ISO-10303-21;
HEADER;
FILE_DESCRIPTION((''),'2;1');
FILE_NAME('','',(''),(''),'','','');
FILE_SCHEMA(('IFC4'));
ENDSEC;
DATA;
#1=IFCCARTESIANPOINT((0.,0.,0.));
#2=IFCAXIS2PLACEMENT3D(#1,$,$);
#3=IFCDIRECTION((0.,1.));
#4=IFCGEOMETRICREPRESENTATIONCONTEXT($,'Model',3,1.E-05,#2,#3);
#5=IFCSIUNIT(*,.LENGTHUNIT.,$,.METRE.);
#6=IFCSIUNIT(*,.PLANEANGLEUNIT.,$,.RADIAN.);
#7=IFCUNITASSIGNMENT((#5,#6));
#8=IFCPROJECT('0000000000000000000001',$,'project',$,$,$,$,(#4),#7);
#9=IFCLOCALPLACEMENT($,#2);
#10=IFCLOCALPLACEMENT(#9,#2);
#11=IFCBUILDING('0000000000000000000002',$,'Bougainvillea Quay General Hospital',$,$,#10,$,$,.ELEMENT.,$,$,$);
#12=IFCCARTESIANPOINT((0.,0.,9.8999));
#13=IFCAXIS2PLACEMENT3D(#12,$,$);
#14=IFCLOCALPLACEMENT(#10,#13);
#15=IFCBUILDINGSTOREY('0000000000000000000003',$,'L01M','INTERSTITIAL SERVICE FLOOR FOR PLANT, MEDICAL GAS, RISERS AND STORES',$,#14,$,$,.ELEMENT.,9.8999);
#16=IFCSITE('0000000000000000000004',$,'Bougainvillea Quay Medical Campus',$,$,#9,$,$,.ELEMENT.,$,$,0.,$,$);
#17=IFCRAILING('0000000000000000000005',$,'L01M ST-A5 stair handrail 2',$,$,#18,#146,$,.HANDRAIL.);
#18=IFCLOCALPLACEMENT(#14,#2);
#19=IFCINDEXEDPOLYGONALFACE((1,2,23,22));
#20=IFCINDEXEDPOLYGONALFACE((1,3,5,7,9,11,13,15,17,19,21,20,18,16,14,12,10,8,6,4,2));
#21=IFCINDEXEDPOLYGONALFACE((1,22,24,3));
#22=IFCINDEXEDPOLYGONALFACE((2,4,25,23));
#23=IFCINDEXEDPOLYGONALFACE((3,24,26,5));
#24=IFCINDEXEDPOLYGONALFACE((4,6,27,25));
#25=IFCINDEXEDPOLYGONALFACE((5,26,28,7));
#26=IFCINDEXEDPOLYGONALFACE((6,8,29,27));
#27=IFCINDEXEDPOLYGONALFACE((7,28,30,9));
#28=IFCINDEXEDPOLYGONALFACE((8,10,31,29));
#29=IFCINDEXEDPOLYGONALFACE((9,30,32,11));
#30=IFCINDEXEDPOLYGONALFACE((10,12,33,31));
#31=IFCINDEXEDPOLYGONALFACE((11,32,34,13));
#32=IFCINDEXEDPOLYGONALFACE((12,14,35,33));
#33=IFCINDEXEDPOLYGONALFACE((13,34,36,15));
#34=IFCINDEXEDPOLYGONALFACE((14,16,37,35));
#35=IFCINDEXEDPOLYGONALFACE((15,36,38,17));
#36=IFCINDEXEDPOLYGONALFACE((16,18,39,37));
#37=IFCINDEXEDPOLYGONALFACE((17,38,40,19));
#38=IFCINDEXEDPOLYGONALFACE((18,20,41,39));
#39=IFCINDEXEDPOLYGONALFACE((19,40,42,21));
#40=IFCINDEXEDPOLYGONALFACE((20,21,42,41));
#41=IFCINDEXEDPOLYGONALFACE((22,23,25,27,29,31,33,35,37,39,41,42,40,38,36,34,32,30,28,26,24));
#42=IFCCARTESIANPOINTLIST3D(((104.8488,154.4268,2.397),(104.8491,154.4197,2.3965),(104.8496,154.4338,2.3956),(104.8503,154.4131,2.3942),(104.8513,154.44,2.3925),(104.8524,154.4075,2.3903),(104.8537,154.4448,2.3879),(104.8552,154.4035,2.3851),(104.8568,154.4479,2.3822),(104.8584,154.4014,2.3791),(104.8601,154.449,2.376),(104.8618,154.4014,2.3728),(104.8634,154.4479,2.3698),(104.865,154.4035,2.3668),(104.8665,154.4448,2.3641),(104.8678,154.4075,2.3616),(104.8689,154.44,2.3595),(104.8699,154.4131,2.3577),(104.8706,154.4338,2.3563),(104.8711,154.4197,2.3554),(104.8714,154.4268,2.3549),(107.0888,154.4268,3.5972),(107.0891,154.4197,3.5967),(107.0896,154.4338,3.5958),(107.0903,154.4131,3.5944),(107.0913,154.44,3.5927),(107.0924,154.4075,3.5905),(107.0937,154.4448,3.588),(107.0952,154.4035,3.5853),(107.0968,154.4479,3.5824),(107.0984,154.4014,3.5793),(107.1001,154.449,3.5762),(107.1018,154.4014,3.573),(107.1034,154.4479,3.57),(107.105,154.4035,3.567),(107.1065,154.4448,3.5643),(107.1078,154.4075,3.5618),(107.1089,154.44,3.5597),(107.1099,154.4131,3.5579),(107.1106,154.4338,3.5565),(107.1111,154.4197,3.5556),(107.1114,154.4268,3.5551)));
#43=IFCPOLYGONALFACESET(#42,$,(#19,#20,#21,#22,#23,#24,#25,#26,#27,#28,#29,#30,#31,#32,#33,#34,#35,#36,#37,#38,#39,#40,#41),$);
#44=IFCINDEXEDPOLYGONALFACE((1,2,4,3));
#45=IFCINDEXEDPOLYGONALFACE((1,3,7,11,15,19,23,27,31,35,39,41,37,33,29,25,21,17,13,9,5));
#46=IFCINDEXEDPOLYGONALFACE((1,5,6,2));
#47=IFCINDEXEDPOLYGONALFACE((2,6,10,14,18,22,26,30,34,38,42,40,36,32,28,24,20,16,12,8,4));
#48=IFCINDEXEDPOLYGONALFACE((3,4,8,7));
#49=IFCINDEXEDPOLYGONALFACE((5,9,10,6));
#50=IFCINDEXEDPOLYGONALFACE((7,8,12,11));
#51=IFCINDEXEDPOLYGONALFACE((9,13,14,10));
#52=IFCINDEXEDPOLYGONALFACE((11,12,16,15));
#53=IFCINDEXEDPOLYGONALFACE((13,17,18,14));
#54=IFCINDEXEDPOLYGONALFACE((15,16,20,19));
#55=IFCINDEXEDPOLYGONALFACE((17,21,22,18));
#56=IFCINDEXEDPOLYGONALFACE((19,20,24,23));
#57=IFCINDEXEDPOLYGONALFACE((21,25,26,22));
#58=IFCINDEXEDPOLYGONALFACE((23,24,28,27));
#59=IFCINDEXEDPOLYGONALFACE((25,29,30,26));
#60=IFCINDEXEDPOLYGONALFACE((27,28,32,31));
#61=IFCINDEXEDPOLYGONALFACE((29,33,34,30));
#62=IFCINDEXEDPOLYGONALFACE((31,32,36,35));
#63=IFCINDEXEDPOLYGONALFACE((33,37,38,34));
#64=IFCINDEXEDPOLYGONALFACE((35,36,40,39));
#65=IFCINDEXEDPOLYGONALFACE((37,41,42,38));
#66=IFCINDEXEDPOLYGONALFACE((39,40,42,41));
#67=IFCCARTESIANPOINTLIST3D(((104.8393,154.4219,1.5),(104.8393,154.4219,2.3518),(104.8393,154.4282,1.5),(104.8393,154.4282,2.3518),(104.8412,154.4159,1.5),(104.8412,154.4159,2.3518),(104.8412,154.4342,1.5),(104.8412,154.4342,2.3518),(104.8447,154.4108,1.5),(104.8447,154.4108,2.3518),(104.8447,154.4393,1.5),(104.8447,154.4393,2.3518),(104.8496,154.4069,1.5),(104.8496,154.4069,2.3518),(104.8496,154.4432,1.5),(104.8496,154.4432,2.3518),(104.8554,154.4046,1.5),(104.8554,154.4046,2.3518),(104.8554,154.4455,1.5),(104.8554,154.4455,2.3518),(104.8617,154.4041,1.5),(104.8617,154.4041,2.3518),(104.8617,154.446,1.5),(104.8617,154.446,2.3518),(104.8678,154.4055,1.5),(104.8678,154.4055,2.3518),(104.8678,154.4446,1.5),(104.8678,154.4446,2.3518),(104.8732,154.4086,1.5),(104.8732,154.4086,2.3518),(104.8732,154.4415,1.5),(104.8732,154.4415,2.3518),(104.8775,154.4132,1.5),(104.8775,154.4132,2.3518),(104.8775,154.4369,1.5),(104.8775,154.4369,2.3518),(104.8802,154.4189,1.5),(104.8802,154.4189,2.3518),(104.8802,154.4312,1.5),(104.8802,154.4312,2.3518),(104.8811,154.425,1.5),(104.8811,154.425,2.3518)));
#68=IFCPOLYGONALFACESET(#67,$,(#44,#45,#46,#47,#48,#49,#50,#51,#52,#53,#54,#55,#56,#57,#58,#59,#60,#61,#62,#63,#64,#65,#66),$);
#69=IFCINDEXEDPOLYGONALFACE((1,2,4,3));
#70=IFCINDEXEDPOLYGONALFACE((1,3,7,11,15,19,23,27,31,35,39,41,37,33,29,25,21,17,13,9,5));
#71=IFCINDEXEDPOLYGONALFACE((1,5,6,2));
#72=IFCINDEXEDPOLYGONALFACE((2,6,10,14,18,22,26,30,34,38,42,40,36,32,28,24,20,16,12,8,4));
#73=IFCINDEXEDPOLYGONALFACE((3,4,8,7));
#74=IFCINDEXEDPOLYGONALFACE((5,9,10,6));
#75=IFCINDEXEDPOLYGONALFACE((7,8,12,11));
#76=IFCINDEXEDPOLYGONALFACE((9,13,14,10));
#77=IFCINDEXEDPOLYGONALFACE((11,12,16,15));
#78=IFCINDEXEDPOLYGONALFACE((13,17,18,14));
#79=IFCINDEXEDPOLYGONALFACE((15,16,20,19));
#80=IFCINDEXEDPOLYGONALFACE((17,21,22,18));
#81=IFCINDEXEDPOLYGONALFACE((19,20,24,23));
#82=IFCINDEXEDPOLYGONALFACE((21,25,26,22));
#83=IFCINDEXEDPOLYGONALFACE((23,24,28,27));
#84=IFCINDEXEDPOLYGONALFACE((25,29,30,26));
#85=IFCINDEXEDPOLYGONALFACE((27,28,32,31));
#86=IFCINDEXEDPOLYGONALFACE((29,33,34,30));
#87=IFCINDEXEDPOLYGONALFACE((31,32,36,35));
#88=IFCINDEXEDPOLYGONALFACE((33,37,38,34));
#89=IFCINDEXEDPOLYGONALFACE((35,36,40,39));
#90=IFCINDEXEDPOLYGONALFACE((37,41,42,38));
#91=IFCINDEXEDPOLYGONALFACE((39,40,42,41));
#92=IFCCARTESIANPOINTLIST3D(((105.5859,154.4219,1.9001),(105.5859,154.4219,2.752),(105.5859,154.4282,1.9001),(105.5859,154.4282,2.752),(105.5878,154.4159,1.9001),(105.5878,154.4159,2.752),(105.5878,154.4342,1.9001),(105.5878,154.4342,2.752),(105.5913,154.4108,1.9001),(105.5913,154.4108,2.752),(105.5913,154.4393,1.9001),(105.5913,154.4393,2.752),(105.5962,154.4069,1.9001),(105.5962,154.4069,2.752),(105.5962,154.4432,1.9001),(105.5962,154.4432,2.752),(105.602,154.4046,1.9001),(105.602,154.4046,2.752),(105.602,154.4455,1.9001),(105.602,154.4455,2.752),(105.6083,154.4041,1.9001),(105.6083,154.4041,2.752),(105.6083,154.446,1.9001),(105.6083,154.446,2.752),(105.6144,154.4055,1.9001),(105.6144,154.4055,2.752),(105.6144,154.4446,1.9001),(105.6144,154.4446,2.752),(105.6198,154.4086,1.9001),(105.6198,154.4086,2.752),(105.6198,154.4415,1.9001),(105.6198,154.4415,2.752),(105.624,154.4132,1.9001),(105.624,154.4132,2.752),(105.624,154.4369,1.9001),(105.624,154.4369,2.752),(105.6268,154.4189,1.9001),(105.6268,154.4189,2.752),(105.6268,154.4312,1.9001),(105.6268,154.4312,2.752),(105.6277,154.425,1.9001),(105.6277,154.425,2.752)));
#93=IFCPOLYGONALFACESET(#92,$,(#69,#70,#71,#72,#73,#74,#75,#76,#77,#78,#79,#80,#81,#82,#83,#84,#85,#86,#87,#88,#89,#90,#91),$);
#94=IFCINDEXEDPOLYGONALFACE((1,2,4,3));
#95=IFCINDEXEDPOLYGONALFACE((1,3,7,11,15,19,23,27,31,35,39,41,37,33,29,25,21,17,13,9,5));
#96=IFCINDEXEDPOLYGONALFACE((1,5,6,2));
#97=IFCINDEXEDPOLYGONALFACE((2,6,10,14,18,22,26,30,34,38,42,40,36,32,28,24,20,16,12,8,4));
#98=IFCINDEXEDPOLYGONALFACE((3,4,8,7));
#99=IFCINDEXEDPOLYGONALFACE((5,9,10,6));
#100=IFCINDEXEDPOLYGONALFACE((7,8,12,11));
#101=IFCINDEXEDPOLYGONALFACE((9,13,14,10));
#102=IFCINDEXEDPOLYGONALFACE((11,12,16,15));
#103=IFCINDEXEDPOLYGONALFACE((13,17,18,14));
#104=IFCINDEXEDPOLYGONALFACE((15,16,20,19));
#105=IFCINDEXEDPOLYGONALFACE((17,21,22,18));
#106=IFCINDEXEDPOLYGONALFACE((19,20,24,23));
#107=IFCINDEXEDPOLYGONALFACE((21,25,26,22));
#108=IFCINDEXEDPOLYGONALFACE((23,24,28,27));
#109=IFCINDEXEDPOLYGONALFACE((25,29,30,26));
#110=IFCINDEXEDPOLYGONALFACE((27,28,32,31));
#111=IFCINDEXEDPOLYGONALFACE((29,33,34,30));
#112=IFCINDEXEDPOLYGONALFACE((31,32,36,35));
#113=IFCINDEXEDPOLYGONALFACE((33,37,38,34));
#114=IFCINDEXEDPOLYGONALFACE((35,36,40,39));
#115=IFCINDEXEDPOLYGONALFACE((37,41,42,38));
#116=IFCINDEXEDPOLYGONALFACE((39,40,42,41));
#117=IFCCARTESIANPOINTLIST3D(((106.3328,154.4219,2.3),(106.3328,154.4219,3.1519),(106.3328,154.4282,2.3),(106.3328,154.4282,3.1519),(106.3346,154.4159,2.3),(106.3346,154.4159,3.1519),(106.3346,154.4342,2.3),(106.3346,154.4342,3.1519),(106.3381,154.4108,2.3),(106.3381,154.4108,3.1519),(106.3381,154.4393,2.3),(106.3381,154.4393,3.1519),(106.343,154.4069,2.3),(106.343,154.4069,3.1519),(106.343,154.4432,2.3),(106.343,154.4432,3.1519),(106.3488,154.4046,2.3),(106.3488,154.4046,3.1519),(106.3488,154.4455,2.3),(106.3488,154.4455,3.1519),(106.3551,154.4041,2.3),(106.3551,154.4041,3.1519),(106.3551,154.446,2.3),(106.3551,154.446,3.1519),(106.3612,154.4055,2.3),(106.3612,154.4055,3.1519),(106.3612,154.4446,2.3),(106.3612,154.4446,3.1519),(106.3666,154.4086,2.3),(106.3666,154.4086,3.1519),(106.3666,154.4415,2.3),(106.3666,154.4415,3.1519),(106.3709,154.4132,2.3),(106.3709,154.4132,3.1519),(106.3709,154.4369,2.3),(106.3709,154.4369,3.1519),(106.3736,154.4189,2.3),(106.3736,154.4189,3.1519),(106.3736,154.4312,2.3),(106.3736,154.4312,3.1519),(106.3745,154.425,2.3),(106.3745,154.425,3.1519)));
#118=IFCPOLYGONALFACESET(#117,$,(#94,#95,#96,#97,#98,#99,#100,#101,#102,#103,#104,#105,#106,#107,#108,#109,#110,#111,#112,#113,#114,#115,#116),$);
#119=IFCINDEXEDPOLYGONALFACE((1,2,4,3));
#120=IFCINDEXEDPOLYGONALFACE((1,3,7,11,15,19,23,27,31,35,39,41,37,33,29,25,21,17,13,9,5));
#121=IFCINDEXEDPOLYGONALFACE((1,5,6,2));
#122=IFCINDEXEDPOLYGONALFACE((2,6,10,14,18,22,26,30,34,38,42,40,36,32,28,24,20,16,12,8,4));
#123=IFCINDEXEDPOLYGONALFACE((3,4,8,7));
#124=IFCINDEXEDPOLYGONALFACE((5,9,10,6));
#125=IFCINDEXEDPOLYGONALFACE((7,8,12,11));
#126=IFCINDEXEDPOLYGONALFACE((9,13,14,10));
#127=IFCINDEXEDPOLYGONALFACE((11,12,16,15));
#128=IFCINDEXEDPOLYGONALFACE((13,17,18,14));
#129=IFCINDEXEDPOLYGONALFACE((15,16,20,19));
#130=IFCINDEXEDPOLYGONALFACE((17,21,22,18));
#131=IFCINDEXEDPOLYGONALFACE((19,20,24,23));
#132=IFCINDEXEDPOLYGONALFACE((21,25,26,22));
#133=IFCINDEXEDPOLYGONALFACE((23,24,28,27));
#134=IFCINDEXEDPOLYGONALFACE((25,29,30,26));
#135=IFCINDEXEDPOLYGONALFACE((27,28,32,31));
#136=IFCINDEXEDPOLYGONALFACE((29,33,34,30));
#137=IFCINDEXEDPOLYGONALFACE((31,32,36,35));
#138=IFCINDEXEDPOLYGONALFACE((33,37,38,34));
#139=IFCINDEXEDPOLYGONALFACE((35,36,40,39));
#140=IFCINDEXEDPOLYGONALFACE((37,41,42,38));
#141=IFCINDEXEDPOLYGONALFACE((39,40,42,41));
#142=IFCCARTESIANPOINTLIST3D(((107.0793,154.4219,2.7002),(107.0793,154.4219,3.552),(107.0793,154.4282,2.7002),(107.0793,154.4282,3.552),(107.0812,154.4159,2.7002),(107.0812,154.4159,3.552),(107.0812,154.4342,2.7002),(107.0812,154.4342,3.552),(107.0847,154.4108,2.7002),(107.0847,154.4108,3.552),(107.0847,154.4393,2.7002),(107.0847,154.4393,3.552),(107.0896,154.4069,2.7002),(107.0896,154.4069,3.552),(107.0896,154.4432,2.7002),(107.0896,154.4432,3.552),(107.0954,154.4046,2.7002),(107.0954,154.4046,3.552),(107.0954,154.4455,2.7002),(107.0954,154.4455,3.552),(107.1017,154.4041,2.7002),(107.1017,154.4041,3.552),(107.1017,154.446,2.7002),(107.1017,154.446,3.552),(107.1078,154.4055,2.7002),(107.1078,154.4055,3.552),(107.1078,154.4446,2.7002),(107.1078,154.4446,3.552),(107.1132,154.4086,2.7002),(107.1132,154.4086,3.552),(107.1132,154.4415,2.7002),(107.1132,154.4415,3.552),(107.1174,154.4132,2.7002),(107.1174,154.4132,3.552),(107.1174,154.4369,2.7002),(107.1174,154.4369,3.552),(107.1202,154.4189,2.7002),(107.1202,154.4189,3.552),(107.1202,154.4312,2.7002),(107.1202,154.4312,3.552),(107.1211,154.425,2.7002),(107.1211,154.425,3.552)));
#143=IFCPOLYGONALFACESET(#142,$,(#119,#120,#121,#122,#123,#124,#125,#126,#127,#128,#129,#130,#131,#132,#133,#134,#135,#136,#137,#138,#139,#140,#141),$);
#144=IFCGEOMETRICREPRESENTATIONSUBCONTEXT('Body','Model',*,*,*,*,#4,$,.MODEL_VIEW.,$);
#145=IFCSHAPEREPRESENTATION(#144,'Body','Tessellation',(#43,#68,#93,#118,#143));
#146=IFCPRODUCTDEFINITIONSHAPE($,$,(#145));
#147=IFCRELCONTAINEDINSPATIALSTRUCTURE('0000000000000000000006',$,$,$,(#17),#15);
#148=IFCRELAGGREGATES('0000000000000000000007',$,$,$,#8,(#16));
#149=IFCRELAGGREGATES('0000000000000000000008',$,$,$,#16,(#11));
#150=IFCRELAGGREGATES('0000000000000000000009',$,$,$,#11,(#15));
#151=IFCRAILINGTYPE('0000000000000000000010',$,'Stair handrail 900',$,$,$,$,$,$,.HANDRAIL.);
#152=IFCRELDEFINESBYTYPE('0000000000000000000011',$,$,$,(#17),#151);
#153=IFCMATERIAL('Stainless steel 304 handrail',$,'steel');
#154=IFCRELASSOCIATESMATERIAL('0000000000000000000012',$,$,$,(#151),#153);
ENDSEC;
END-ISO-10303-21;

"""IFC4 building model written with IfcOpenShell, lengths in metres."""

from ifc_helpers import new_model, si_unit, direction, frame, origin, origin_2d, place, context, subcontext, project, spatial, circle, extrude, material, type_object, element, save


model = new_model("IFC4")

# Units and contexts
model_context = context("Model", 3, precision=1e-05, world=origin(), true_north=direction((0.0, 1.0)))
body_context = subcontext(model_context, "Body", "Model", "MODEL_VIEW")
ifc_project = project(units=[si_unit("LENGTHUNIT", "METRE"), si_unit("PLANEANGLEUNIT", "RADIAN")], contexts=[model_context])

# Site, building, storey
site_placement = place(None, origin())
site = spatial("IfcSite", under=ifc_project, at=site_placement, Name="Bougainvillea Quay Medical Campus", CompositionType="ELEMENT", RefElevation=0.0)
building_placement = place(site_placement, origin())
building = spatial("IfcBuilding", under=site, at=building_placement, Name="Bougainvillea Quay General Hospital", CompositionType="ELEMENT")
storey_placement = place(building_placement, frame((0.0, 0.0, 9.8999)))
storey = spatial("IfcBuildingStorey", under=building, at=storey_placement, Name="L01M", Description="INTERSTITIAL SERVICE FLOOR FOR PLANT, MEDICAL GAS, RISERS AND STORES", CompositionType="ELEMENT", Elevation=9.8999)

# Railing
ifc_material_1 = material(Name="Stainless steel 304 handrail", Category="steel")
railing_type_1 = type_object("IfcRailingType", Name="Stair handrail 900", PredefinedType="HANDRAIL", material=ifc_material_1)
railing_1_placement = place(storey_placement, frame((104.8601, 154.425, 1.5)))
element("IfcRailing", 1, at=railing_1_placement, inside=storey, type_object=railing_type_1, Name="L01M ST-A5 stair handrail 2", PredefinedType="HANDRAIL", context=body_context, shape_type="SweptSolid", body=[
    extrude(circle(Radius=0.0239, at=origin_2d()), frame((0.0, 0.0, 0.876), z_axis=(0.881447, 0.0, 0.472283), x_axis=(0.0, 1.0, 0.0)), (0.0, 0.0, 1.0), 2.5413),
    extrude(circle(Radius=0.021, at=origin_2d()), origin(), (0.0, 0.0, 1.0), 0.8518),
    extrude(circle(Radius=0.021, at=origin_2d()), frame((0.7466, 0.0, 0.4001)), (0.0, 0.0, 1.0), 0.8518),
    extrude(circle(Radius=0.021, at=origin_2d()), frame((1.4934, 0.0, 0.8)), (0.0, 0.0, 1.0), 0.8518),
    extrude(circle(Radius=0.021, at=origin_2d()), frame((2.24, 0.0, 1.2002)), (0.0, 0.0, 1.0), 0.8518),
])

save(model, "model.ifc")
